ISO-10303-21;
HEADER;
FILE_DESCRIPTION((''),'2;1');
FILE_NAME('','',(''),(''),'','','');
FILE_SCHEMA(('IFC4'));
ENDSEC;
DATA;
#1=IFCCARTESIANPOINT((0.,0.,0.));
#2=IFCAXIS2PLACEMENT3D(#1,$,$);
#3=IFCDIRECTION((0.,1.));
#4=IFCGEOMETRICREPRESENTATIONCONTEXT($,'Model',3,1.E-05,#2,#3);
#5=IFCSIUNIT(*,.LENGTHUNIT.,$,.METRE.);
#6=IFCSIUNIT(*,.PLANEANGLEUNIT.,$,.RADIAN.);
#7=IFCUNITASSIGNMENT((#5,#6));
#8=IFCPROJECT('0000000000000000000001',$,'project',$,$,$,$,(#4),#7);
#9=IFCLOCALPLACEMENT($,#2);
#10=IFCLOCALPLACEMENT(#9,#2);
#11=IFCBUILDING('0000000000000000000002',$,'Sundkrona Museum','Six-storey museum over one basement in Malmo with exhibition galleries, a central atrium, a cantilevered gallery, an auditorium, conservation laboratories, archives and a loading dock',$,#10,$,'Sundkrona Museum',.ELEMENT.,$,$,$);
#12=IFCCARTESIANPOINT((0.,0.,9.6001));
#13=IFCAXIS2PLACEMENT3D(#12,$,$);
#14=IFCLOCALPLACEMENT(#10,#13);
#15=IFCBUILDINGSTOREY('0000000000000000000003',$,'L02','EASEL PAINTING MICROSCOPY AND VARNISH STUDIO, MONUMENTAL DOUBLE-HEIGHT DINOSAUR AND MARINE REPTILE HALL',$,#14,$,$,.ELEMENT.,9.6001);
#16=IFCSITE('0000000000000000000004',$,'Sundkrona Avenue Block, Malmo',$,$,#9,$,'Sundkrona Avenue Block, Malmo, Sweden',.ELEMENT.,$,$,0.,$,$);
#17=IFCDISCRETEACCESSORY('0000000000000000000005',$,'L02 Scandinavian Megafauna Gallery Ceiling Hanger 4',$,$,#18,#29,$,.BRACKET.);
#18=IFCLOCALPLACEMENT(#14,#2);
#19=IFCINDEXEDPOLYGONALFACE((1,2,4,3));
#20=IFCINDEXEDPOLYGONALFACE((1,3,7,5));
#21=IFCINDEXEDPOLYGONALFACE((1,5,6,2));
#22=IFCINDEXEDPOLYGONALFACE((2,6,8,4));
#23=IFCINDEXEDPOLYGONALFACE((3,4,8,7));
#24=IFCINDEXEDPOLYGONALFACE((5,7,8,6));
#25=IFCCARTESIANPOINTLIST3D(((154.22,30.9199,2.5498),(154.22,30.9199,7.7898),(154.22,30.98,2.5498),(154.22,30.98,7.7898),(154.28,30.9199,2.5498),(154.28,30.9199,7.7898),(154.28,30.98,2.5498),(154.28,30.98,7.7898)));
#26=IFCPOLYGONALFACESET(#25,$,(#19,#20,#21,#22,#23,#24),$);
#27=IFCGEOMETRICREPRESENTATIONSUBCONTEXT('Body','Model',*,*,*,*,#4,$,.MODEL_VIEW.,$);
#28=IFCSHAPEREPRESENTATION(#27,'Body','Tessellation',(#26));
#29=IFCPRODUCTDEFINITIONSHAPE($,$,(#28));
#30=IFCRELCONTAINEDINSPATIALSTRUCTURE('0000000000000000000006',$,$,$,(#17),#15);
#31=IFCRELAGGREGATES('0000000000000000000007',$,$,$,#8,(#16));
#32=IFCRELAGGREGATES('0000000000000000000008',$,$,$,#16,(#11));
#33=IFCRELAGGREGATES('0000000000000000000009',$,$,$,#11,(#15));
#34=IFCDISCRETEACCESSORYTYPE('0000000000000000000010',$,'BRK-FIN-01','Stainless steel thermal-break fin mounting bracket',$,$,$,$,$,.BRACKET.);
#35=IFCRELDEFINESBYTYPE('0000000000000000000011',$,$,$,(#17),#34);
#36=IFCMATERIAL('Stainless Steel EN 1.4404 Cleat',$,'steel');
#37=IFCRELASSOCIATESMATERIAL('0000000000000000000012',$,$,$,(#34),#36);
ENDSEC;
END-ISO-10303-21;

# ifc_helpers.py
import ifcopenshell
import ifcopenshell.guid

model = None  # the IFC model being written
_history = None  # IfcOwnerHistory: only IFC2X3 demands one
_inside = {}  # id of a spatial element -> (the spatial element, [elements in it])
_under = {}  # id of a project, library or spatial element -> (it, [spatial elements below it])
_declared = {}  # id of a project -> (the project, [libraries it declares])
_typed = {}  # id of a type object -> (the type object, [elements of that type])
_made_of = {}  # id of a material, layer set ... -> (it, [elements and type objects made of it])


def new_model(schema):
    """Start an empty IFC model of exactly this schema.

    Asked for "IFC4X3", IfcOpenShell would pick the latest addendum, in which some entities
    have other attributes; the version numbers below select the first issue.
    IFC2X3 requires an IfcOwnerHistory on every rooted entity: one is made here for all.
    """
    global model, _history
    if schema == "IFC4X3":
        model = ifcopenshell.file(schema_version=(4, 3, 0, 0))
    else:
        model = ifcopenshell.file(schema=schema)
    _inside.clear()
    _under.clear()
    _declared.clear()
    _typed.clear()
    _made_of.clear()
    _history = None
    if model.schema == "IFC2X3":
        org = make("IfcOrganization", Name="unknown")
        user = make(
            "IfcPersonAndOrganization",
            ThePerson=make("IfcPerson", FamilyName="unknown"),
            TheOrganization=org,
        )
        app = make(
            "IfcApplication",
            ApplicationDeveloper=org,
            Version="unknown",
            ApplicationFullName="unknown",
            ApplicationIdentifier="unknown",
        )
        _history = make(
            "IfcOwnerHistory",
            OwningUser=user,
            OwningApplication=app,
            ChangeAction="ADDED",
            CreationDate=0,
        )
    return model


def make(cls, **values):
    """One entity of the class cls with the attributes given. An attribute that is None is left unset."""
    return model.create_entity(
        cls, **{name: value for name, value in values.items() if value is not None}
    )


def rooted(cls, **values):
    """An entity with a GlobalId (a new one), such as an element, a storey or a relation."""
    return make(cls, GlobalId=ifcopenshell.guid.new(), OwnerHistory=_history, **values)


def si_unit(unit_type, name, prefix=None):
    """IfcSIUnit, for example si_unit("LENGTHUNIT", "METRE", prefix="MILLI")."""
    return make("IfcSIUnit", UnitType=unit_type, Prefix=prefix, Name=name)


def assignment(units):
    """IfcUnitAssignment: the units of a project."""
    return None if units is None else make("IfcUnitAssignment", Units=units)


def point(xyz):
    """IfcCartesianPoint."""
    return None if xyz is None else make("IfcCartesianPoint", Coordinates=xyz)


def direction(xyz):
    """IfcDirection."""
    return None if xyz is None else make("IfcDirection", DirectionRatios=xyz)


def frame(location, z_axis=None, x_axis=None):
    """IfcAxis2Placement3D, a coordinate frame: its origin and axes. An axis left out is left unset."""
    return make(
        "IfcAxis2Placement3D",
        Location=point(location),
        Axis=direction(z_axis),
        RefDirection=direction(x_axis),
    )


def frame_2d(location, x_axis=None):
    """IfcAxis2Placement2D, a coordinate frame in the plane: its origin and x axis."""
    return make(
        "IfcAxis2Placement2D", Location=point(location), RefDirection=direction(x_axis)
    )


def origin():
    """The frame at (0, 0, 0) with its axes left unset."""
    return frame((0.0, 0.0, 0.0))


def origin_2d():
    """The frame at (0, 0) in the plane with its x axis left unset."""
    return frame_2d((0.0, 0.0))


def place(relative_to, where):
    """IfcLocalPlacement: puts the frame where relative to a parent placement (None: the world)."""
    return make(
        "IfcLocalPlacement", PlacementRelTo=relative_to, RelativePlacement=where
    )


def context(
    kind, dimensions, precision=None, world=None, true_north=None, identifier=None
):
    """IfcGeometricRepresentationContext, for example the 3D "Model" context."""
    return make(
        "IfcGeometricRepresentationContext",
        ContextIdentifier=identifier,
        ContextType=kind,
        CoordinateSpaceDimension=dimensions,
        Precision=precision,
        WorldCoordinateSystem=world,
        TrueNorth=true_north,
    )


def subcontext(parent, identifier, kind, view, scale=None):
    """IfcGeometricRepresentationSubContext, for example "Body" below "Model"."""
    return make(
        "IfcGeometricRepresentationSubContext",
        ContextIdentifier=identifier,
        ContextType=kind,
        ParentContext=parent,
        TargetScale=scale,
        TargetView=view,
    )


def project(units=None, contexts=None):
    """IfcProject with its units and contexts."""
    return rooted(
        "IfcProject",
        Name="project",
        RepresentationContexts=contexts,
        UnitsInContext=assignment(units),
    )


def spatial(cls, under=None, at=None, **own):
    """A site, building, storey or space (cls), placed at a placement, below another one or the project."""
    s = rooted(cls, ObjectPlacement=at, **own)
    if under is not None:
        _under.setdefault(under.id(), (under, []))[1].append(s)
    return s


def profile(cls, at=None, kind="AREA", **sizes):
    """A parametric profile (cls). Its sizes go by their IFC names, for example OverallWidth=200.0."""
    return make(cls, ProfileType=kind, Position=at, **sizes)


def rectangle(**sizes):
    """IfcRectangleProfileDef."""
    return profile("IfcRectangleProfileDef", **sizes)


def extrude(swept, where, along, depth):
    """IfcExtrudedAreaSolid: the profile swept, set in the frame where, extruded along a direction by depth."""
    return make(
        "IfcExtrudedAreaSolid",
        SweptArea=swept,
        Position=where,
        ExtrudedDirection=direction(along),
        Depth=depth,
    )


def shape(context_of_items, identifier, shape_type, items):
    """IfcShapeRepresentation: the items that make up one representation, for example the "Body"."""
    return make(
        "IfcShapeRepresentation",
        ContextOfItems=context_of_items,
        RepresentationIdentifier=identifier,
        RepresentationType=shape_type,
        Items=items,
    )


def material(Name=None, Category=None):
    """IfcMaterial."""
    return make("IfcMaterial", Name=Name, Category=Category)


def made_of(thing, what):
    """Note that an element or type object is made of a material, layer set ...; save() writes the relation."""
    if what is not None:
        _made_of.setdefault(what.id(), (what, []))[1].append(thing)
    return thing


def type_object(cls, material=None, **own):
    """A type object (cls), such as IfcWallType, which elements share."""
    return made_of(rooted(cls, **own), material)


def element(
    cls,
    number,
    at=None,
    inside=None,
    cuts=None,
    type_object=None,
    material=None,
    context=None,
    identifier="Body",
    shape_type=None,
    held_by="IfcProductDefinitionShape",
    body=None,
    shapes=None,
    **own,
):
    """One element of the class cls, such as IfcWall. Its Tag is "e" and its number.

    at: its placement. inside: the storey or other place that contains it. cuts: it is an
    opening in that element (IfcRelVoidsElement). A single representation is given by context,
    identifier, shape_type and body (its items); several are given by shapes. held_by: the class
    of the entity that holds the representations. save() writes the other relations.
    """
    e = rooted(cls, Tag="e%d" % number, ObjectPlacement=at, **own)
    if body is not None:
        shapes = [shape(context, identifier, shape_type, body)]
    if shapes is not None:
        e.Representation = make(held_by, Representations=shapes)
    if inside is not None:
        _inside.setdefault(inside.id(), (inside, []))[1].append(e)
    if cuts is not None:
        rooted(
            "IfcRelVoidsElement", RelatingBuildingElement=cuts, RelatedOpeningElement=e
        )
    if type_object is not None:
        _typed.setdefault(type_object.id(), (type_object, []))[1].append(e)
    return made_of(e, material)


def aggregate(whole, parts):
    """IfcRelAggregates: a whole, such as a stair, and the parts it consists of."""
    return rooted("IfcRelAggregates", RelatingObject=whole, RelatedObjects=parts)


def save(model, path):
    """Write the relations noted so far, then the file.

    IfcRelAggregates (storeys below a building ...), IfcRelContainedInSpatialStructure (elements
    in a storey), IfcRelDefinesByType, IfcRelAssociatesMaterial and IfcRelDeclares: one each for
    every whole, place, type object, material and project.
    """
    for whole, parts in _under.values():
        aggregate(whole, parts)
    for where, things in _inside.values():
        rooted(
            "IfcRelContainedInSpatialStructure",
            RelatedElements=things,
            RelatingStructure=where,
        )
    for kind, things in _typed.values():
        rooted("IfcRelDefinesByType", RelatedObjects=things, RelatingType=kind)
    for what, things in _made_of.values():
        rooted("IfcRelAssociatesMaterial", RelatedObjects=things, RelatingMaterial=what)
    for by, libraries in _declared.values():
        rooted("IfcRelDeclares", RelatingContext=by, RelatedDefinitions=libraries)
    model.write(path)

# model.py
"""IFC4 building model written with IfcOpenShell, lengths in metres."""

from ifc_helpers import new_model, si_unit, direction, frame, origin, origin_2d, place, context, subcontext, project, spatial, rectangle, extrude, material, type_object, element, save


model = new_model("IFC4")

# Units and contexts
model_context = context("Model", 3, precision=1e-05, world=origin(), true_north=direction((0.0, 1.0)))
body_context = subcontext(model_context, "Body", "Model", "MODEL_VIEW")
ifc_project = project(units=[si_unit("LENGTHUNIT", "METRE"), si_unit("PLANEANGLEUNIT", "RADIAN")], contexts=[model_context])

# Site, building, storey
site_placement = place(None, origin())
site = spatial("IfcSite", under=ifc_project, at=site_placement, Name="Sundkrona Avenue Block, Malmo", LongName="Sundkrona Avenue Block, Malmo, Sweden", CompositionType="ELEMENT", RefElevation=0.0)
building_placement = place(site_placement, origin())
building = spatial("IfcBuilding", under=site, at=building_placement, Name="Sundkrona Museum", Description="Six-storey museum over one basement in Malmo with exhibition galleries, a central atrium, a cantilevered gallery, an auditorium, conservation laboratories, archives and a loading dock", LongName="Sundkrona Museum", CompositionType="ELEMENT")
storey_placement = place(building_placement, frame((0.0, 0.0, 9.6001)))
storey = spatial("IfcBuildingStorey", under=building, at=storey_placement, Name="L02", Description="EASEL PAINTING MICROSCOPY AND VARNISH STUDIO, MONUMENTAL DOUBLE-HEIGHT DINOSAUR AND MARINE REPTILE HALL", CompositionType="ELEMENT", Elevation=9.6001)

# Discrete accessory
ifc_material_1 = material(Name="Stainless Steel EN 1.4404 Cleat", Category="steel")
discrete_accessory_type = type_object("IfcDiscreteAccessoryType", Name="BRK-FIN-01", Description="Stainless steel thermal-break fin mounting bracket", PredefinedType="BRACKET", material=ifc_material_1)
discrete_accessory_placement = place(storey_placement, frame((154.25, 30.95, 2.5498), z_axis=(0.0, 0.0, 1.0), x_axis=(1.0, 0.0, 0.0)))
element("IfcDiscreteAccessory", 1, at=discrete_accessory_placement, inside=storey, type_object=discrete_accessory_type, Name="L02 Scandinavian Megafauna Gallery Ceiling Hanger 4", PredefinedType="BRACKET", context=body_context, shape_type="SweptSolid", body=[
    extrude(rectangle(XDim=0.0601, YDim=0.0601, at=origin_2d()), origin(), (0.0, 0.0, 1.0), 5.24),
])

save(model, "model.ifc")
